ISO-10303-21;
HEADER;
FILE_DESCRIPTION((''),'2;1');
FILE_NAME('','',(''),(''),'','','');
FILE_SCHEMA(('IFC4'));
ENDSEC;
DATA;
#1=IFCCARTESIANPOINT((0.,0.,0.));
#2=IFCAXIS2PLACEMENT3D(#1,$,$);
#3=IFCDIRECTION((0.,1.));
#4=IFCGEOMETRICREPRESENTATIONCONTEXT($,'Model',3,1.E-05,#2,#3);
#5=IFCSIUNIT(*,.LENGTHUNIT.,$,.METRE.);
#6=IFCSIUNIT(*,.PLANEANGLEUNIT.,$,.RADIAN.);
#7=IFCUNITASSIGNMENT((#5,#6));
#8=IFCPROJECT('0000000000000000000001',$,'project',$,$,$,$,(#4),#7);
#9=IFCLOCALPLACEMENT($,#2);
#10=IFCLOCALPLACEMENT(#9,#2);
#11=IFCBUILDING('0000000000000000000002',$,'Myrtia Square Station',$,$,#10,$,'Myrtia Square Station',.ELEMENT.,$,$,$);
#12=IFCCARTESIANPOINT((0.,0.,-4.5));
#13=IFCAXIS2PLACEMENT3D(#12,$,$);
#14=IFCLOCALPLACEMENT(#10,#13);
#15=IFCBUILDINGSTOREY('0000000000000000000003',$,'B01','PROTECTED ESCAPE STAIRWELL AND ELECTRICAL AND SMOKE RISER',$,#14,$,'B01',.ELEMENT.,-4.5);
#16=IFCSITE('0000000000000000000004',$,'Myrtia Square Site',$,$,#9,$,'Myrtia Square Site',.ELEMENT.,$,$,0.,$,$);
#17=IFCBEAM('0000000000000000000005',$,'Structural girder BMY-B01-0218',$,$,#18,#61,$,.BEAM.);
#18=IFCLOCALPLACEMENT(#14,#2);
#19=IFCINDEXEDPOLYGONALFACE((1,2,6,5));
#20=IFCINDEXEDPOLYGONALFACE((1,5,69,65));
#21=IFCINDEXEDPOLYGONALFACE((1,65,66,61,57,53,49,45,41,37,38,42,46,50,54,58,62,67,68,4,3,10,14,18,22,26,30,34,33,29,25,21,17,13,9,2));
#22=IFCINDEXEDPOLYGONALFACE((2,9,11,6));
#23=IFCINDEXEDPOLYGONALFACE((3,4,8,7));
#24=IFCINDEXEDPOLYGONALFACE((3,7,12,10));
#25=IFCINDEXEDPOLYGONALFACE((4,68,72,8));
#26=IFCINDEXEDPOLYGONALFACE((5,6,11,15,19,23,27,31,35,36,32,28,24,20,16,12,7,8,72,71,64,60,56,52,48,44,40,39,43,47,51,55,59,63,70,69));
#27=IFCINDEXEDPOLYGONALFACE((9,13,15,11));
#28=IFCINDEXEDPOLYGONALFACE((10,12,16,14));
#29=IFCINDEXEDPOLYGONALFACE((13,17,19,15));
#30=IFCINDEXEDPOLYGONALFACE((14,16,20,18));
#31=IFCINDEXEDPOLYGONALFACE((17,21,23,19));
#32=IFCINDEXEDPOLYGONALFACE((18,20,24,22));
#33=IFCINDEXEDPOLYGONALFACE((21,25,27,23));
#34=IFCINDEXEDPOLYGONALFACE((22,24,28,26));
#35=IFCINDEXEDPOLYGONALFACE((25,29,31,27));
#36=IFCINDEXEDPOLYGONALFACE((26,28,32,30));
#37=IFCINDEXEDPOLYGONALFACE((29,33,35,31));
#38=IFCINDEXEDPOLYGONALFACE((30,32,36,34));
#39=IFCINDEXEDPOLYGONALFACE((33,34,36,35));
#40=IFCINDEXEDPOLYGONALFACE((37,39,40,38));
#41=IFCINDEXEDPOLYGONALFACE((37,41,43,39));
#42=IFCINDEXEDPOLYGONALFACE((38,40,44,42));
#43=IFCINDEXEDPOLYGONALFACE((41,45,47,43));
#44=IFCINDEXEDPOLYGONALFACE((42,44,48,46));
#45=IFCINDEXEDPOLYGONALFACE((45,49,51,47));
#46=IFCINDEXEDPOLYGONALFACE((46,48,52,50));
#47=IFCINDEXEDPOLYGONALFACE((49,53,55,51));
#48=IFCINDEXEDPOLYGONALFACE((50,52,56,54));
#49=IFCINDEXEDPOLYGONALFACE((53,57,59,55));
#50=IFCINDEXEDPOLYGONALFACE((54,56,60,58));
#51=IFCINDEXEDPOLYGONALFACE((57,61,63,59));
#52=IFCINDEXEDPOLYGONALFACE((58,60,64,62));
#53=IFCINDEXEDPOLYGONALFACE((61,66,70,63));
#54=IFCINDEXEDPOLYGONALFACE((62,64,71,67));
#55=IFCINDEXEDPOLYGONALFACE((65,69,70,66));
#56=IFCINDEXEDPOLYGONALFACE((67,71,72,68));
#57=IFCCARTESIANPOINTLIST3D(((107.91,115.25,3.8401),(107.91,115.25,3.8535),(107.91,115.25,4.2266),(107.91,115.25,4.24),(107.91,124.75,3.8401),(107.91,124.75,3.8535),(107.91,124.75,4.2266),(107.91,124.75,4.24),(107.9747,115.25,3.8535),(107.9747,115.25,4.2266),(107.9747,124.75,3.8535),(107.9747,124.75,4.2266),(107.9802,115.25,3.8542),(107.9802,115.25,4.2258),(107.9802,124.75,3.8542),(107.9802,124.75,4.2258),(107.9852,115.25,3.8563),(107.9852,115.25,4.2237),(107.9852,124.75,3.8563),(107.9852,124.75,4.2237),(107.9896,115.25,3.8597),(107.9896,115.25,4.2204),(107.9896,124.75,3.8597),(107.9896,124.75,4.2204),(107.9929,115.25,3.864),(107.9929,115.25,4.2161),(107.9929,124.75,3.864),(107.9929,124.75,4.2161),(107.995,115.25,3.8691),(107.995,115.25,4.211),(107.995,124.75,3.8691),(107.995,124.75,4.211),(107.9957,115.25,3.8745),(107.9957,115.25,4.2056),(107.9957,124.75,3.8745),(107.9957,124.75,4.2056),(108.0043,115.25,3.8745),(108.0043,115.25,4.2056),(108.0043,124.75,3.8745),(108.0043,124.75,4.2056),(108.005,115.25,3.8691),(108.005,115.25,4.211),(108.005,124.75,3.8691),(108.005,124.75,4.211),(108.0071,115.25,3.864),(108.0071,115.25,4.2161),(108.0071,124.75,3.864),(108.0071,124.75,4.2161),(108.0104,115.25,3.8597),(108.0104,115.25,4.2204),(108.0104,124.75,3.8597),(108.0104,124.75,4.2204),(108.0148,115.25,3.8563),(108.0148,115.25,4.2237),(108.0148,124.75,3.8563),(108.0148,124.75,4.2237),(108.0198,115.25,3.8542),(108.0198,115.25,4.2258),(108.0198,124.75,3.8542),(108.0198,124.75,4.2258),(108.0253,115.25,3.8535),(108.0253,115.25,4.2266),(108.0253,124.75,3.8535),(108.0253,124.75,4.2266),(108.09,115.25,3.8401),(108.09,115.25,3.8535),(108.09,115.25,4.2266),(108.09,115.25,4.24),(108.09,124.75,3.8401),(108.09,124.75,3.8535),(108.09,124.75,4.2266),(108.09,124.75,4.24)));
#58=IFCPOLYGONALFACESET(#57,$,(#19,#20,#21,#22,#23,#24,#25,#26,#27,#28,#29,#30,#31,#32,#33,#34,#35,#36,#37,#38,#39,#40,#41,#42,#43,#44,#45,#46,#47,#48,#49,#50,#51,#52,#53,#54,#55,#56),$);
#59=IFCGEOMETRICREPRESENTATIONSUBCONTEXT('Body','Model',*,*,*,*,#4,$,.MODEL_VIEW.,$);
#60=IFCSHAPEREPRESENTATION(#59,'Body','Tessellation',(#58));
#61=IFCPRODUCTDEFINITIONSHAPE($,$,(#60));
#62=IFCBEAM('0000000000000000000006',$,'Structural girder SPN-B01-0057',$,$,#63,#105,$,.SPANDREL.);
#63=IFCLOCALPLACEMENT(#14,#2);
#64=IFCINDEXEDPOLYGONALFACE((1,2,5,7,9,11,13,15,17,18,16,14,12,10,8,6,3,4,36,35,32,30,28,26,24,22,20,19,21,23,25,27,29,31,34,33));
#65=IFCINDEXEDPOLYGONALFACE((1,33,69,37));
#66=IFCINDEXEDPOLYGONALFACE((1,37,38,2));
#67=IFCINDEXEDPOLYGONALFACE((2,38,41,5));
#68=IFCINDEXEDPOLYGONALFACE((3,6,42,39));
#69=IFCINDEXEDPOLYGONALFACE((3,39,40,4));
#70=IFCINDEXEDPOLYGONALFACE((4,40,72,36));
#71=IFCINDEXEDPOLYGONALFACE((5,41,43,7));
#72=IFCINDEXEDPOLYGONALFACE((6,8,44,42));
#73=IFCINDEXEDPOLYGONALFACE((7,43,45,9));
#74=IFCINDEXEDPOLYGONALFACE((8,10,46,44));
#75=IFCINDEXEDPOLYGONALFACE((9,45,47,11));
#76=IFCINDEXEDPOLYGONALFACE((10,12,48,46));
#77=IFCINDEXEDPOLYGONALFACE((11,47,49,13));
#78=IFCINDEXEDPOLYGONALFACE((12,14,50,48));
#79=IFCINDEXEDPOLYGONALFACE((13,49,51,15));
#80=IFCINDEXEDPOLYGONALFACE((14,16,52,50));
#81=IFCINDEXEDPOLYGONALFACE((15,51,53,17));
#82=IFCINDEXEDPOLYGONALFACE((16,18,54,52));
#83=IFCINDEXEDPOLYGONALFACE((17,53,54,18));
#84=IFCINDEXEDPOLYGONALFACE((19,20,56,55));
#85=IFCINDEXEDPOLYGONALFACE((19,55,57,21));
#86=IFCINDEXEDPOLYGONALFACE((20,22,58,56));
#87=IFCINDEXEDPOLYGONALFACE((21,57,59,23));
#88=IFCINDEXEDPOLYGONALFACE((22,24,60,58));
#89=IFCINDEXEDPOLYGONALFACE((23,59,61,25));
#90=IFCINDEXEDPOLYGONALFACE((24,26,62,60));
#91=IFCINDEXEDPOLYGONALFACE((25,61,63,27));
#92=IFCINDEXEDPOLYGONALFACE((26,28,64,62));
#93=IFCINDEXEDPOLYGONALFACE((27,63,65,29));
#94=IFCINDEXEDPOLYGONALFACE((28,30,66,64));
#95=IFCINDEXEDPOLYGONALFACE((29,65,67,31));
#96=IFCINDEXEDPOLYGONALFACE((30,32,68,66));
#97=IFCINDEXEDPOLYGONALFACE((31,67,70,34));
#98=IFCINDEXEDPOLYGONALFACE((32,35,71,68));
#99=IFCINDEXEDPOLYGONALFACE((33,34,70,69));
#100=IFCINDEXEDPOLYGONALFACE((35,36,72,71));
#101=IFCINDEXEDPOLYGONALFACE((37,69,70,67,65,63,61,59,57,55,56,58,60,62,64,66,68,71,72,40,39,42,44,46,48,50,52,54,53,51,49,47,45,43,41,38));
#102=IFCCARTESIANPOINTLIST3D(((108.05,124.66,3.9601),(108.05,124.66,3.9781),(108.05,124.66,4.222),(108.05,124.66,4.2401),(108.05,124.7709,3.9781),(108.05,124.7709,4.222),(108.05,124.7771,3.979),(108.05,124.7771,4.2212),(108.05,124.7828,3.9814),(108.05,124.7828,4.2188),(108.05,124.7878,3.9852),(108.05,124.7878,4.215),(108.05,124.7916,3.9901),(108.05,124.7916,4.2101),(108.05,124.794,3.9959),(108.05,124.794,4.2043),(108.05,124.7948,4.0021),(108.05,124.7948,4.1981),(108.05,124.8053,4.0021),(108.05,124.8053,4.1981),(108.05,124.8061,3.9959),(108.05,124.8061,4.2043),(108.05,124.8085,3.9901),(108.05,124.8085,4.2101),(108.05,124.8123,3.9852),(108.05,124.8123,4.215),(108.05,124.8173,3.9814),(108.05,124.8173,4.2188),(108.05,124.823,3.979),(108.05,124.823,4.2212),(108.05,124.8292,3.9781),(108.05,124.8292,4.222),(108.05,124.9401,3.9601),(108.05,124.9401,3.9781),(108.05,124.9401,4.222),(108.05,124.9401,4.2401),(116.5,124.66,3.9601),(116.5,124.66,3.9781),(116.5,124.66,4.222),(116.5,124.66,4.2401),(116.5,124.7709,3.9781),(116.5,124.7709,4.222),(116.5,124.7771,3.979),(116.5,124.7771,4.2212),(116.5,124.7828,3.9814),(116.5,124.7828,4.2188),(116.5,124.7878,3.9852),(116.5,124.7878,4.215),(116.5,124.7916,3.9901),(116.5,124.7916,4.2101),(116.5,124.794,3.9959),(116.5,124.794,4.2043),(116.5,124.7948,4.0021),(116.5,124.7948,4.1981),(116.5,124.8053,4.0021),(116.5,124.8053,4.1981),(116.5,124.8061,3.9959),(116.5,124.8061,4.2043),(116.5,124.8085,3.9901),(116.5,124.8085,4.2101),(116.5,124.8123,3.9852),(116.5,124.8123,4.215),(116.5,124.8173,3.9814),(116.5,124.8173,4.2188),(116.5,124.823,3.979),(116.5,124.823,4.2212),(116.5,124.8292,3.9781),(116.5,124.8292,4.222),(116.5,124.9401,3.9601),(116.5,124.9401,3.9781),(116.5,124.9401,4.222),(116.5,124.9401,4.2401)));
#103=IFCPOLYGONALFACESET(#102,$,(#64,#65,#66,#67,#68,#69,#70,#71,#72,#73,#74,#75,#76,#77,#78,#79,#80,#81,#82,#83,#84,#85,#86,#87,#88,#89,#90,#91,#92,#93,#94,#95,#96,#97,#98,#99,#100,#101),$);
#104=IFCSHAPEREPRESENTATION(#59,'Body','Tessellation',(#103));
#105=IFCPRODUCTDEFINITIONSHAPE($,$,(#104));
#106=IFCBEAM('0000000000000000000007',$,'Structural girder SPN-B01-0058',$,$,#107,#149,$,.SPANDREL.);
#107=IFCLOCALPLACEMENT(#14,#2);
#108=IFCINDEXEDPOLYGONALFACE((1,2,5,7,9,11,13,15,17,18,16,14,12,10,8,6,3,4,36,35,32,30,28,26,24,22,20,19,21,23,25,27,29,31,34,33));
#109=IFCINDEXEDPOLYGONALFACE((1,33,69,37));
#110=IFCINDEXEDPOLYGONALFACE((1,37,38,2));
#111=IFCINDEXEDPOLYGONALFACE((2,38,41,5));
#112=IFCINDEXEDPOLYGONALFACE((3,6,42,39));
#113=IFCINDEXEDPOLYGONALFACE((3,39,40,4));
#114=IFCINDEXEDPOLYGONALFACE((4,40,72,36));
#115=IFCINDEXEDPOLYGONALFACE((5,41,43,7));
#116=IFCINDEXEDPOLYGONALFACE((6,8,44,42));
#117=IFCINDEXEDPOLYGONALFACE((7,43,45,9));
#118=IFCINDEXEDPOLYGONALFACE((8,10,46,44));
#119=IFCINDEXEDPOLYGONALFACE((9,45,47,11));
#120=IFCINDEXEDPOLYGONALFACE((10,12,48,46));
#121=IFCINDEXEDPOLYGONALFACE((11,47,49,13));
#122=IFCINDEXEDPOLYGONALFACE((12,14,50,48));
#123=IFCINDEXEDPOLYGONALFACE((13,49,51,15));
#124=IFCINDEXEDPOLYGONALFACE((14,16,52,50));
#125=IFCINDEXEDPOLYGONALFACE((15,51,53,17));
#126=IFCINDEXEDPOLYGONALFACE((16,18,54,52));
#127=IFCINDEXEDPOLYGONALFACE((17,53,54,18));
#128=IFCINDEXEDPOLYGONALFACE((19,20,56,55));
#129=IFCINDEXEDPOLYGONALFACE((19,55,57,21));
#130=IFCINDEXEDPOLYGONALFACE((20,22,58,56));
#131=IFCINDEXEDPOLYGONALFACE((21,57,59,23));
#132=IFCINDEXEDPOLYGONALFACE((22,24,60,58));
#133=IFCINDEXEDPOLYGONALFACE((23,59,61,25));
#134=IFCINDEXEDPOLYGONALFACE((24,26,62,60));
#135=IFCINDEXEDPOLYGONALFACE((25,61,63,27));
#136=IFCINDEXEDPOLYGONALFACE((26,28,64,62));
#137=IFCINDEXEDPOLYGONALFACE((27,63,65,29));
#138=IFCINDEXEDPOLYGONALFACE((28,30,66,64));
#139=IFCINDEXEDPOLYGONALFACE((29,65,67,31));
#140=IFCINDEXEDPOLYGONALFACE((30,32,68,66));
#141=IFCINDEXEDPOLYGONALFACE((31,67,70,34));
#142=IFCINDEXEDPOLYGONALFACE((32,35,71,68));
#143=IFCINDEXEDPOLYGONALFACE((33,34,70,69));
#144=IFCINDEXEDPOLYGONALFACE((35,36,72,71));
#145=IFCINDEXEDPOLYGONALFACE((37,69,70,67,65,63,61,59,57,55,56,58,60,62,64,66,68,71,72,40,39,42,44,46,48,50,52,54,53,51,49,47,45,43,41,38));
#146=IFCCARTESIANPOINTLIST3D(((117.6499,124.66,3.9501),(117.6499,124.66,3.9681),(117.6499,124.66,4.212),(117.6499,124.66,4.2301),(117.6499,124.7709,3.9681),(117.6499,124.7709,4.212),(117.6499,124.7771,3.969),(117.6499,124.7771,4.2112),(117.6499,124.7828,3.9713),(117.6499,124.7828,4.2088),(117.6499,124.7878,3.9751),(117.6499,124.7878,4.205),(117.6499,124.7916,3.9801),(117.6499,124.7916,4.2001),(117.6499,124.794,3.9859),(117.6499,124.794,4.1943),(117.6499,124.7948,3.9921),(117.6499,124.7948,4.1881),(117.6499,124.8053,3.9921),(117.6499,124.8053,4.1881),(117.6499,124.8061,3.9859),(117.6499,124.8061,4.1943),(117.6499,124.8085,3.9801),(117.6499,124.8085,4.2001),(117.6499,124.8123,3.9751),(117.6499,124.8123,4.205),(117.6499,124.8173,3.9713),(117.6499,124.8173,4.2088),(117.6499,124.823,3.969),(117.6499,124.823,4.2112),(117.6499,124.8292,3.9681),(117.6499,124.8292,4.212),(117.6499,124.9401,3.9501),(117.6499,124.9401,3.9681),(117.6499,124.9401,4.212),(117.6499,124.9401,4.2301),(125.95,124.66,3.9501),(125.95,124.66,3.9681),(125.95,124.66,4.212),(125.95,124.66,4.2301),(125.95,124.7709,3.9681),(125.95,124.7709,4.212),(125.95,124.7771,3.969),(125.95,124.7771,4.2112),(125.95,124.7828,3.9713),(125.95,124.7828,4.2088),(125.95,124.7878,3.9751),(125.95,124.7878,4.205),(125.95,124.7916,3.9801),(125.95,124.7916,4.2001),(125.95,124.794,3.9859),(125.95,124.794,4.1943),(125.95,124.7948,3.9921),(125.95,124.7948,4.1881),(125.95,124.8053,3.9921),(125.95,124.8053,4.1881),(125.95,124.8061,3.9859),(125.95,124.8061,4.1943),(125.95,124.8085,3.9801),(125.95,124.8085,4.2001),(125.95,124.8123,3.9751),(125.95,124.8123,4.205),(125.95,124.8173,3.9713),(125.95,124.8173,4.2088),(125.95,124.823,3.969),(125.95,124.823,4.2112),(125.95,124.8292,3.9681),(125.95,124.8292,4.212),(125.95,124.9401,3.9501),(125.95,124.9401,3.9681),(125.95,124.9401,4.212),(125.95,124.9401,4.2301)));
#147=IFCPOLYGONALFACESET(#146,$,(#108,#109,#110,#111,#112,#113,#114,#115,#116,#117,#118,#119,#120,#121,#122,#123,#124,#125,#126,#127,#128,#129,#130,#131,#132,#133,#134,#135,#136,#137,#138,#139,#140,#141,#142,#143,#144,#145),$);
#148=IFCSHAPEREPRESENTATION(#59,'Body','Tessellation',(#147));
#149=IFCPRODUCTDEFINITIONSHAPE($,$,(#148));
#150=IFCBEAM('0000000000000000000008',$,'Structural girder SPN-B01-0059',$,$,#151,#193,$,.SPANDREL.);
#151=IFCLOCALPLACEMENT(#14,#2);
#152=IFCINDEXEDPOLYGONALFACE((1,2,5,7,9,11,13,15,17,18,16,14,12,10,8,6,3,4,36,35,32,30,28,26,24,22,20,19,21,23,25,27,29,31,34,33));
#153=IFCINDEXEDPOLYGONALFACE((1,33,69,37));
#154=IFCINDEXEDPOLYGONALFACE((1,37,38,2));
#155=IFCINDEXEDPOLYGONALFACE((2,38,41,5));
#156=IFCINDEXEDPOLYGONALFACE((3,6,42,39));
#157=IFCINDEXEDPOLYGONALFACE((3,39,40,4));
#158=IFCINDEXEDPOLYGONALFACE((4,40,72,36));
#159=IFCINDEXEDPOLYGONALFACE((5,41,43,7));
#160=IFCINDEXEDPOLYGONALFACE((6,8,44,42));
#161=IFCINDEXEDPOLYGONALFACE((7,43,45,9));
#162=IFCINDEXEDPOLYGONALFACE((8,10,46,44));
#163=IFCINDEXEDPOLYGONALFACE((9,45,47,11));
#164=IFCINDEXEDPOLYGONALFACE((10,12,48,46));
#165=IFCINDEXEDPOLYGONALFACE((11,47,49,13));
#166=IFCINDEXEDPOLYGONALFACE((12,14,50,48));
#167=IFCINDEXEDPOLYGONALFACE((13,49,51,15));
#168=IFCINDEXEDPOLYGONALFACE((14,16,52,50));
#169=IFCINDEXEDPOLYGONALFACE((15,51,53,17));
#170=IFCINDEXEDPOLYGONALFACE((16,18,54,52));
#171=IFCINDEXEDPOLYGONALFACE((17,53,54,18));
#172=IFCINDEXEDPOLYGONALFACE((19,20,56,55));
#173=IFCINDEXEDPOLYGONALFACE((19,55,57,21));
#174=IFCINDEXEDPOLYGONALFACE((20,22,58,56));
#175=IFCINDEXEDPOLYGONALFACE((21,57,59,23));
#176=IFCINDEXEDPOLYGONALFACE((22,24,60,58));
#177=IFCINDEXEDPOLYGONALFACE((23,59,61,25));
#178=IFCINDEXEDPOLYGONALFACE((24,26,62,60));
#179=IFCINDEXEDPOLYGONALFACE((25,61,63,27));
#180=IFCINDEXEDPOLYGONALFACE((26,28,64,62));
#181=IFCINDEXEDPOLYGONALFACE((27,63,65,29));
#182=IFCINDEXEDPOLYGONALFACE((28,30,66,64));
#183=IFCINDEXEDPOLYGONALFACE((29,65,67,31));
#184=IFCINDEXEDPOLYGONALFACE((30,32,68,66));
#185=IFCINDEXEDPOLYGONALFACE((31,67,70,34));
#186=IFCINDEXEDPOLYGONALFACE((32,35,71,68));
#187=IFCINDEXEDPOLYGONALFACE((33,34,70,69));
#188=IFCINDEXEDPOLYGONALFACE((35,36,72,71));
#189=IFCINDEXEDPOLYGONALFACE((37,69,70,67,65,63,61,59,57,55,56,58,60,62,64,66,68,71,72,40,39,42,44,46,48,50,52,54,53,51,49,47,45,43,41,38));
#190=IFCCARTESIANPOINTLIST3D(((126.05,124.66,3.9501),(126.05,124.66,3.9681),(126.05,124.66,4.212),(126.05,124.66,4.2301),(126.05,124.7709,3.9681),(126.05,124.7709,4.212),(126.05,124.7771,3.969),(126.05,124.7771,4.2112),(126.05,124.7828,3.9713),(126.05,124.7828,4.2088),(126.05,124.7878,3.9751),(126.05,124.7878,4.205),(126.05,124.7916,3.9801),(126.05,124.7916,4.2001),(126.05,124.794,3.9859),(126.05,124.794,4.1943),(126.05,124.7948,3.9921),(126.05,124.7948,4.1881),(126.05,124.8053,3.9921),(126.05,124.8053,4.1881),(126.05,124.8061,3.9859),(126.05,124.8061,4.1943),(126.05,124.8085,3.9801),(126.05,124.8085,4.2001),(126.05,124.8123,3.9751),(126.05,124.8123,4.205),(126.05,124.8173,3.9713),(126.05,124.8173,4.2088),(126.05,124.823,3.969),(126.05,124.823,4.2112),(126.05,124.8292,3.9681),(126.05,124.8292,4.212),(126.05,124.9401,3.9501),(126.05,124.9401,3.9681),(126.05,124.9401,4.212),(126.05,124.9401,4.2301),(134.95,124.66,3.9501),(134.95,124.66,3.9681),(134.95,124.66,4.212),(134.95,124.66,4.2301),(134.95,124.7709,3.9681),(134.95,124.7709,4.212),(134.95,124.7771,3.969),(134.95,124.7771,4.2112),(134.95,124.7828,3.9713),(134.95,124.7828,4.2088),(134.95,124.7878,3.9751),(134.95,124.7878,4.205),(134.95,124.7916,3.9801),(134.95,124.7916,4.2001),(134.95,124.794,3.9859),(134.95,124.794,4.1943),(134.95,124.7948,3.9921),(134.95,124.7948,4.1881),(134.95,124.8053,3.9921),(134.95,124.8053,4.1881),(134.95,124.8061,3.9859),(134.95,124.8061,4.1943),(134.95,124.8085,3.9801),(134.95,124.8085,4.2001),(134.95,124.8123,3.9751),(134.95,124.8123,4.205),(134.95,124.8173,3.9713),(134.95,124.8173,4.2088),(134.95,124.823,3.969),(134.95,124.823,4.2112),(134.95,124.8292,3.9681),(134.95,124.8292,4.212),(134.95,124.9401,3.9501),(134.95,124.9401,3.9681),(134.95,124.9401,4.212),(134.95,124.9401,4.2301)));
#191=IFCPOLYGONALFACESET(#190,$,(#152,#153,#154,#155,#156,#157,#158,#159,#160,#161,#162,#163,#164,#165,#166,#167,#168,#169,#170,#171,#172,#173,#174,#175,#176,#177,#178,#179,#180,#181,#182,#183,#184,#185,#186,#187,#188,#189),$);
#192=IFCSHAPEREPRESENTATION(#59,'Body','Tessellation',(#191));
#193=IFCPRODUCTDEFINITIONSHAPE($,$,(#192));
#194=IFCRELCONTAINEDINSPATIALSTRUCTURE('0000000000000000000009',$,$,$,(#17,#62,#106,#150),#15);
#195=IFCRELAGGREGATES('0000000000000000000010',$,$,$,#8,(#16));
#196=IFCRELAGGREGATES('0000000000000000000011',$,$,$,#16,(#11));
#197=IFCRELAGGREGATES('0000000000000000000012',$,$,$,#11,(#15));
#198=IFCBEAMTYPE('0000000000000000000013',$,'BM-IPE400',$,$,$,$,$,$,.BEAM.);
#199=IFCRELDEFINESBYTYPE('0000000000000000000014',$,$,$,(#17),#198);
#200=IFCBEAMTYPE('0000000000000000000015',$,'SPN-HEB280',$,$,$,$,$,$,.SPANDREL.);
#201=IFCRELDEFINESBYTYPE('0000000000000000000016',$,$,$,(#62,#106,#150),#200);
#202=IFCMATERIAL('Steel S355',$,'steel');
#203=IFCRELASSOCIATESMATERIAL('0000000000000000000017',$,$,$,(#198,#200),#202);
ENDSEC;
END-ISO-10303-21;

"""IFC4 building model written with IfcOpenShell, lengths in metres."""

from ifc_helpers import new_model, si_unit, direction, frame, origin, origin_2d, place, context, subcontext, project, spatial, i_section, extrude, material, material_profile, profile_set, type_object, element, save


model = new_model("IFC4")

# Units and contexts
model_context = context("Model", 3, precision=1e-05, world=origin(), true_north=direction((0.0, 1.0)))
body_context = subcontext(model_context, "Body", "Model", "MODEL_VIEW")
ifc_project = project(units=[si_unit("LENGTHUNIT", "METRE"), si_unit("PLANEANGLEUNIT", "RADIAN")], contexts=[model_context])

# Site, building, storey
site_placement = place(None, origin())
site = spatial("IfcSite", under=ifc_project, at=site_placement, Name="Myrtia Square Site", LongName="Myrtia Square Site", CompositionType="ELEMENT", RefElevation=0.0)
building_placement = place(site_placement, origin())
building = spatial("IfcBuilding", under=site, at=building_placement, Name="Myrtia Square Station", LongName="Myrtia Square Station", CompositionType="ELEMENT")
storey_placement = place(building_placement, frame((0.0, 0.0, -4.5)))
storey = spatial("IfcBuildingStorey", under=building, at=storey_placement, Name="B01", Description="PROTECTED ESCAPE STAIRWELL AND ELECTRICAL AND SMOKE RISER", LongName="B01", CompositionType="ELEMENT", Elevation=-4.5)

# Shared definitions
ifc_material_1 = material(Name="Steel S355", Category="steel")

# Beams
ifc_material_profile_1 = material_profile(ifc_material_1, i_section(OverallWidth=0.1799, OverallDepth=0.3999, WebThickness=0.0085, FlangeThickness=0.0134, FilletRadius=0.021, at=origin_2d()), Name="IPE 400")
ifc_profile_set_1 = profile_set([ifc_material_profile_1], Name="Steel S355")
beam_type_1 = type_object("IfcBeamType", Name="BM-IPE400", PredefinedType="BEAM", material=ifc_profile_set_1)
beam_1_placement = place(storey_placement, frame((108.0, 115.25, 4.04), z_axis=(0.0, 1.0, 0.0), x_axis=(-1.0, 0.0, 0.0)))
element("IfcBeam", 1, at=beam_1_placement, inside=storey, type_object=beam_type_1, Name="Structural girder BMY-B01-0218", PredefinedType="BEAM", context=body_context, shape_type="SweptSolid", body=[
    extrude(i_section(OverallWidth=0.1799, OverallDepth=0.3999, WebThickness=0.0085, FlangeThickness=0.0134, FilletRadius=0.021, at=origin_2d()), origin(), (0.0, 0.0, 1.0), 9.5),
])
ifc_material_profile_2 = material_profile(ifc_material_1, i_section(OverallWidth=0.28, OverallDepth=0.28, WebThickness=0.0105, FlangeThickness=0.0181, FilletRadius=0.0239, at=origin_2d()), Name="HEB 280")
ifc_profile_set_2 = profile_set([ifc_material_profile_2], Name="Steel S355")
beam_type_2 = type_object("IfcBeamType", Name="SPN-HEB280", PredefinedType="SPANDREL", material=ifc_profile_set_2)
beam_2_placement = place(storey_placement, frame((108.05, 124.8, 4.1001), z_axis=(1.0, 0.0, 0.0), x_axis=(0.0, 1.0, 0.0)))
element("IfcBeam", 2, at=beam_2_placement, inside=storey, type_object=beam_type_2, Name="Structural girder SPN-B01-0057", PredefinedType="SPANDREL", context=body_context, shape_type="SweptSolid", body=[
    extrude(i_section(OverallWidth=0.28, OverallDepth=0.28, WebThickness=0.0105, FlangeThickness=0.0181, FilletRadius=0.0239, at=origin_2d()), origin(), (0.0, 0.0, 1.0), 8.45),
])
beam_3_placement = place(storey_placement, frame((117.6499, 124.8, 4.0901), z_axis=(1.0, 0.0, 0.0), x_axis=(0.0, 1.0, 0.0)))
element("IfcBeam", 3, at=beam_3_placement, inside=storey, type_object=beam_type_2, Name="Structural girder SPN-B01-0058", PredefinedType="SPANDREL", context=body_context, shape_type="SweptSolid", body=[
    extrude(i_section(OverallWidth=0.28, OverallDepth=0.28, WebThickness=0.0105, FlangeThickness=0.0181, FilletRadius=0.0239, at=origin_2d()), origin(), (0.0, 0.0, 1.0), 8.3),
])
beam_4_placement = place(storey_placement, frame((126.05, 124.8, 4.0901), z_axis=(1.0, 0.0, 0.0), x_axis=(0.0, 1.0, 0.0)))
element("IfcBeam", 4, at=beam_4_placement, inside=storey, type_object=beam_type_2, Name="Structural girder SPN-B01-0059", PredefinedType="SPANDREL", context=body_context, shape_type="SweptSolid", body=[
    extrude(i_section(OverallWidth=0.28, OverallDepth=0.28, WebThickness=0.0105, FlangeThickness=0.0181, FilletRadius=0.0239, at=origin_2d()), origin(), (0.0, 0.0, 1.0), 8.8999),
])

save(model, "model.ifc")
